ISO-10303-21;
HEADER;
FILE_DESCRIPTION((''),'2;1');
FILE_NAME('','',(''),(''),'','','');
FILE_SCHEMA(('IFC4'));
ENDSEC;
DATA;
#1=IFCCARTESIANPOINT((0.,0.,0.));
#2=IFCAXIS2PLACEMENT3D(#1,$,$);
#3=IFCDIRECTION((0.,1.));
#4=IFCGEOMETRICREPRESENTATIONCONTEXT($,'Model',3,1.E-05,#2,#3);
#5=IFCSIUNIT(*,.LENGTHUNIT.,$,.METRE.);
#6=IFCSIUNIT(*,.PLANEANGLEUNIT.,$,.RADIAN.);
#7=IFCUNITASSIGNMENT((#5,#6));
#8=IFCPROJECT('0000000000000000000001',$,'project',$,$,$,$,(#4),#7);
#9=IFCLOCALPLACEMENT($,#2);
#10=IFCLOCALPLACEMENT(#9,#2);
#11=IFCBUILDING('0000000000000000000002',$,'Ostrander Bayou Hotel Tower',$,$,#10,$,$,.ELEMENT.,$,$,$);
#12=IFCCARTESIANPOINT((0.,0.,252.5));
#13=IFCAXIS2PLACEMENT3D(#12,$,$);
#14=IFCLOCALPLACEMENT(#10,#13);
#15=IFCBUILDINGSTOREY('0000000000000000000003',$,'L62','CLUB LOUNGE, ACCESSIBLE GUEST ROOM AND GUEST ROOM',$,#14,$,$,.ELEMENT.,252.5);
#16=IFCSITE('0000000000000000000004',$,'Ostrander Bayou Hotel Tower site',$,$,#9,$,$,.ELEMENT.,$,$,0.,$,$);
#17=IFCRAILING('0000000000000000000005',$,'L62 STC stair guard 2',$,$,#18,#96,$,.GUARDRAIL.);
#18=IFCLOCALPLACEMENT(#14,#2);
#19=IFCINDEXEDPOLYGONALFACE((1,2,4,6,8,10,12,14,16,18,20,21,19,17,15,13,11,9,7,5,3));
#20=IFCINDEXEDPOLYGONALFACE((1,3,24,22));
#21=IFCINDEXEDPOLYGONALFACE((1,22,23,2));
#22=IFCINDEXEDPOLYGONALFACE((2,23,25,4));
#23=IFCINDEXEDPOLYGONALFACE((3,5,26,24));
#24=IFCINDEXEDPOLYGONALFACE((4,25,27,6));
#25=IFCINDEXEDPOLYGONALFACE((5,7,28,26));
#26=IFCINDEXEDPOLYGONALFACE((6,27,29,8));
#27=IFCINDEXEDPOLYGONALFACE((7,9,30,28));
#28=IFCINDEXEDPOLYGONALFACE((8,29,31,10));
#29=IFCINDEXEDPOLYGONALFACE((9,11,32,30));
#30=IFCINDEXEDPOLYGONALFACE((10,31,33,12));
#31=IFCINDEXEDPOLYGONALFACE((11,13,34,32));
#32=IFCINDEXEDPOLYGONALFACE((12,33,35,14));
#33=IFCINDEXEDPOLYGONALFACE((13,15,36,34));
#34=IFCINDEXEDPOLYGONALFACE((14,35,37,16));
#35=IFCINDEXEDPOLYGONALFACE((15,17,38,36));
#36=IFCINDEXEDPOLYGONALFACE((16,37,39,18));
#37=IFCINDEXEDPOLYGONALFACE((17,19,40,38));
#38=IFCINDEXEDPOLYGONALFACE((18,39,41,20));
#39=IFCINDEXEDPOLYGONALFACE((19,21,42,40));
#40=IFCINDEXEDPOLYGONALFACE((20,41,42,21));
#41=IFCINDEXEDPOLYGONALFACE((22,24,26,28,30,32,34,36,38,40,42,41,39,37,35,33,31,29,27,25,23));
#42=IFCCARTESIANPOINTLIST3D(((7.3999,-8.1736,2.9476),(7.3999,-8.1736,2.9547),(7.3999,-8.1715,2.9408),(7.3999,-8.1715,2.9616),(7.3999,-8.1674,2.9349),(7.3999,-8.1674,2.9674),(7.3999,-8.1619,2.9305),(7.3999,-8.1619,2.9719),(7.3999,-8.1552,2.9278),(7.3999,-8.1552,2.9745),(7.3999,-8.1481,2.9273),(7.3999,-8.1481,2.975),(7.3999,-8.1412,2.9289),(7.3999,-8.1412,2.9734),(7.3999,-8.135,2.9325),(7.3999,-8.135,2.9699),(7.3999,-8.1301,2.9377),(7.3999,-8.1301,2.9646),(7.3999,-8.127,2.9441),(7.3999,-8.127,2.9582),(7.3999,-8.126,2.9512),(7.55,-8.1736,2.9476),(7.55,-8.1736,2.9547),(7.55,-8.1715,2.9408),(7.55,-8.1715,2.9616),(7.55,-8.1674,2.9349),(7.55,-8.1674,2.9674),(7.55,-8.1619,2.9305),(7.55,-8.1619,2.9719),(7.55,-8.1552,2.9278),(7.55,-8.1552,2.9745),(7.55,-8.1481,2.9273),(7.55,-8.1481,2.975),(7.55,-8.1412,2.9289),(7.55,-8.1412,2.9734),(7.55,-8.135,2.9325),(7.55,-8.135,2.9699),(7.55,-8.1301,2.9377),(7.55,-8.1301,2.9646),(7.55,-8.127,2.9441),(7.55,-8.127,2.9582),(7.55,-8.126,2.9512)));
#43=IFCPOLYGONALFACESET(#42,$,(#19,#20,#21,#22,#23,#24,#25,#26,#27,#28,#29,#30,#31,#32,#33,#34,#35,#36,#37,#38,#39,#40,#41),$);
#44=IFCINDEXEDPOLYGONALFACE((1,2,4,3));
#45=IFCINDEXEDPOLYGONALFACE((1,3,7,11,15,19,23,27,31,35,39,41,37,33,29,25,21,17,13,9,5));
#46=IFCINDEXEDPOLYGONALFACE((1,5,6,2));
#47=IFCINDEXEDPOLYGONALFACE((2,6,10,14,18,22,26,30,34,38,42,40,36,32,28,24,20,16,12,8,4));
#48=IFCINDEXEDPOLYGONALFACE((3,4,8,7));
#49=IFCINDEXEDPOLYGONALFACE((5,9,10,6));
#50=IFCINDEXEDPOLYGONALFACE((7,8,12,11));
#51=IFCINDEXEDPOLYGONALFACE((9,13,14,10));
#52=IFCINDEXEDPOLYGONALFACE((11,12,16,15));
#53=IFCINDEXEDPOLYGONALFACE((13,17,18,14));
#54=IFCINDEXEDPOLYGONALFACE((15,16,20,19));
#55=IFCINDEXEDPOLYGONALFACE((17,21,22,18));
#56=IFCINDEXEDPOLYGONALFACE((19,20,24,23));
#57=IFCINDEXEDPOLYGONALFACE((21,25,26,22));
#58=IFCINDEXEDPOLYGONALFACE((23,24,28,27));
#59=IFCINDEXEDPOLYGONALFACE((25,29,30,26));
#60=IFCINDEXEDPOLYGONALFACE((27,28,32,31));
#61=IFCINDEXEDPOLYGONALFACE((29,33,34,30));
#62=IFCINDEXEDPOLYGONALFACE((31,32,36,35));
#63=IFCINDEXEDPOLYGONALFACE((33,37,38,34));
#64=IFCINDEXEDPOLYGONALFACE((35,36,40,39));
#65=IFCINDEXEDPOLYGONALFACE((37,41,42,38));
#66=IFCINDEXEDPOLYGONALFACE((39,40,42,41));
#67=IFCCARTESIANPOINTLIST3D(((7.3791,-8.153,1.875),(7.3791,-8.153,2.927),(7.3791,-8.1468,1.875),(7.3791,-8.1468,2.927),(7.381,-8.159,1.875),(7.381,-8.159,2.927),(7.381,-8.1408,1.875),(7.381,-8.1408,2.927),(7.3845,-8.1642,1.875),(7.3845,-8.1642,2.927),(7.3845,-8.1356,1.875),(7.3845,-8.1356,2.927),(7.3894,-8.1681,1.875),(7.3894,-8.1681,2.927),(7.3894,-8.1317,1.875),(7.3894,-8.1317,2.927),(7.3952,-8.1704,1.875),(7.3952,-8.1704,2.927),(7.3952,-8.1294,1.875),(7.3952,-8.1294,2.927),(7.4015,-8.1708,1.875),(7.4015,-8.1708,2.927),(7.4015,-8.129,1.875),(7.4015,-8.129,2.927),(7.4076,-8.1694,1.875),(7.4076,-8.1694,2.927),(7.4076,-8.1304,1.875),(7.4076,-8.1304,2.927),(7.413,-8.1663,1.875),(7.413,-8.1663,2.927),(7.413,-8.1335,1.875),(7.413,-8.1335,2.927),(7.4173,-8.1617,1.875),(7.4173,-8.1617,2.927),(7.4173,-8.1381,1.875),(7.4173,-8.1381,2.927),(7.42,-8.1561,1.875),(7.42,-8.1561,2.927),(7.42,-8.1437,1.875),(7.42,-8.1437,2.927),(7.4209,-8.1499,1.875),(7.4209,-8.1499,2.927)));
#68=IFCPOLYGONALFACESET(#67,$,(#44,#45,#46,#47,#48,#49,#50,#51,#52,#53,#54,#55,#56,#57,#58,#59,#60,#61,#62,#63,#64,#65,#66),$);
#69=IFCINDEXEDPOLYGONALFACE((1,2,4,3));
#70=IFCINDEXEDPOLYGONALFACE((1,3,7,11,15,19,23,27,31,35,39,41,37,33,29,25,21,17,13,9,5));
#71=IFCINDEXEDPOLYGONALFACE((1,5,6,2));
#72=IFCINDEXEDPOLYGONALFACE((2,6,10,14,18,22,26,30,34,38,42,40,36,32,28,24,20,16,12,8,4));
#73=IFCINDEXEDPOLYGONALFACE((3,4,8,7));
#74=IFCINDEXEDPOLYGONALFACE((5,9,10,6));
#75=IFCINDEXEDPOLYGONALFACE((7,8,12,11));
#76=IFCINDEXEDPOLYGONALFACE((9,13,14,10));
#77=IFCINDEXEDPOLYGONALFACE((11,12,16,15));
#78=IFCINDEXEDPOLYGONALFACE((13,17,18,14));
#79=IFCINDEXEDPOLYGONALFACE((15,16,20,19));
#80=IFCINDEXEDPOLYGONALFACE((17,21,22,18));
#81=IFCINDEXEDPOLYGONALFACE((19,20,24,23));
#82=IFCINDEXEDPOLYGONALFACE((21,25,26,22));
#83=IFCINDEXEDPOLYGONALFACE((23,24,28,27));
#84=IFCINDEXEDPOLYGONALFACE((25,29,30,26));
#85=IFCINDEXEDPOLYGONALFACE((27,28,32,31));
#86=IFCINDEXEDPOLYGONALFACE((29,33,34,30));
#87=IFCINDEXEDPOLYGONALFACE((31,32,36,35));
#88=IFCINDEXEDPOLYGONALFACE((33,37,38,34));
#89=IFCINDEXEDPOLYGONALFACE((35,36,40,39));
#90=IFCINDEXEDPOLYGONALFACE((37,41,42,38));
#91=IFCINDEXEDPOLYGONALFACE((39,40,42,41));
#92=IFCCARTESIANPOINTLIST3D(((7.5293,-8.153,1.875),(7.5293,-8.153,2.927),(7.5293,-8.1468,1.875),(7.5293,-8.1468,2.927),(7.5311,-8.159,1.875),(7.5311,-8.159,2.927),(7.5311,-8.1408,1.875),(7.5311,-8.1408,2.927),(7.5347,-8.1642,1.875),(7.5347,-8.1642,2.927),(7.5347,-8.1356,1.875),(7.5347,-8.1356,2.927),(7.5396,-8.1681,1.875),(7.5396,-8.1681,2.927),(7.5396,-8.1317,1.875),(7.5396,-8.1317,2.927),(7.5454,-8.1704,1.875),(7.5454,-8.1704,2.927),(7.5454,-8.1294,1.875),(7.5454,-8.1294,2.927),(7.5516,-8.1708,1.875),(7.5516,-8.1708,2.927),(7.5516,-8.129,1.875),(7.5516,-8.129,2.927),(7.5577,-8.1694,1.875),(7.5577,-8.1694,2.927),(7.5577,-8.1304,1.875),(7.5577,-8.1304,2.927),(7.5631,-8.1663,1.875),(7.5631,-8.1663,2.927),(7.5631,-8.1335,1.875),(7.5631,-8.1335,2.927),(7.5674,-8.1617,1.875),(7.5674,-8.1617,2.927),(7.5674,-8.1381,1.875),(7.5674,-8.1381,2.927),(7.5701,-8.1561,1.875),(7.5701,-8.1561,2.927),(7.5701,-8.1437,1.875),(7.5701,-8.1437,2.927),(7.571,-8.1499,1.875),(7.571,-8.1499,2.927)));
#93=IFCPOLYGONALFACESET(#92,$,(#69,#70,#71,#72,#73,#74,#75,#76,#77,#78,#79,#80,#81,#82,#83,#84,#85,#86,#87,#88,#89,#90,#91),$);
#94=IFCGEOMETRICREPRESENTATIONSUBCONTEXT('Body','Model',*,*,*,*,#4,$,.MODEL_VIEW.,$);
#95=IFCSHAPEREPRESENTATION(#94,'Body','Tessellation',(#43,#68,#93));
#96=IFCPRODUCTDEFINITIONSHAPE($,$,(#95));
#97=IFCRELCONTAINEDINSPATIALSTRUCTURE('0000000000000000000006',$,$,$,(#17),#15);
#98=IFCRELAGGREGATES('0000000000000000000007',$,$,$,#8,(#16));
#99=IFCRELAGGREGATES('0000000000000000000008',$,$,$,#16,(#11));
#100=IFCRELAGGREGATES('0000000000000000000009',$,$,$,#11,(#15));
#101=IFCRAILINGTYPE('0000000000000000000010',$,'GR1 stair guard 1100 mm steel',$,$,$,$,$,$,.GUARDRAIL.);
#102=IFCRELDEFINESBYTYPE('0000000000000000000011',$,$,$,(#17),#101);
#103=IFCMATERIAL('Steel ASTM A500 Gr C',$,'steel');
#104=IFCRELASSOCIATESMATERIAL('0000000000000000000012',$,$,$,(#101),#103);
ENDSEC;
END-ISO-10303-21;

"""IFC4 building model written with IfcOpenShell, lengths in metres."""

from ifc_helpers import new_model, si_unit, direction, frame, origin, origin_2d, place, context, subcontext, project, spatial, circle, extrude, material, type_object, element, save


model = new_model("IFC4")

# Units and contexts
model_context = context("Model", 3, precision=1e-05, world=origin(), true_north=direction((0.0, 1.0)))
body_context = subcontext(model_context, "Body", "Model", "MODEL_VIEW")
ifc_project = project(units=[si_unit("LENGTHUNIT", "METRE"), si_unit("PLANEANGLEUNIT", "RADIAN")], contexts=[model_context])

# Site, building, storey
site_placement = place(None, origin())
site = spatial("IfcSite", under=ifc_project, at=site_placement, Name="Ostrander Bayou Hotel Tower site", CompositionType="ELEMENT", RefElevation=0.0)
building_placement = place(site_placement, origin())
building = spatial("IfcBuilding", under=site, at=building_placement, Name="Ostrander Bayou Hotel Tower", CompositionType="ELEMENT")
storey_placement = place(building_placement, frame((0.0, 0.0, 252.5)))
storey = spatial("IfcBuildingStorey", under=building, at=storey_placement, Name="L62", Description="CLUB LOUNGE, ACCESSIBLE GUEST ROOM AND GUEST ROOM", CompositionType="ELEMENT", Elevation=252.5)

# Railing
ifc_material_1 = material(Name="Steel ASTM A500 Gr C", Category="steel")
railing_type_1 = type_object("IfcRailingType", Name="GR1 stair guard 1100 mm steel", PredefinedType="GUARDRAIL", material=ifc_material_1)
railing_1_placement = place(storey_placement, frame((7.3999, -8.1499, 1.875)))
element("IfcRailing", 1, at=railing_1_placement, inside=storey, type_object=railing_type_1, Name="L62 STC stair guard 2", PredefinedType="GUARDRAIL", context=body_context, shape_type="SweptSolid", body=[
    extrude(circle(Radius=0.0239, at=origin_2d()), frame((0.0, 0.0, 1.0762), z_axis=(1.0, 0.0, 0.0), x_axis=(0.0, 1.0, 0.0)), (0.0, 0.0, 1.0), 0.1501),
    extrude(circle(Radius=0.021, at=origin_2d()), origin(), (0.0, 0.0, 1.0), 1.052),
    extrude(circle(Radius=0.021, at=origin_2d()), frame((0.1501, 0.0, 0.0)), (0.0, 0.0, 1.0), 1.052),
])

save(model, "model.ifc")
